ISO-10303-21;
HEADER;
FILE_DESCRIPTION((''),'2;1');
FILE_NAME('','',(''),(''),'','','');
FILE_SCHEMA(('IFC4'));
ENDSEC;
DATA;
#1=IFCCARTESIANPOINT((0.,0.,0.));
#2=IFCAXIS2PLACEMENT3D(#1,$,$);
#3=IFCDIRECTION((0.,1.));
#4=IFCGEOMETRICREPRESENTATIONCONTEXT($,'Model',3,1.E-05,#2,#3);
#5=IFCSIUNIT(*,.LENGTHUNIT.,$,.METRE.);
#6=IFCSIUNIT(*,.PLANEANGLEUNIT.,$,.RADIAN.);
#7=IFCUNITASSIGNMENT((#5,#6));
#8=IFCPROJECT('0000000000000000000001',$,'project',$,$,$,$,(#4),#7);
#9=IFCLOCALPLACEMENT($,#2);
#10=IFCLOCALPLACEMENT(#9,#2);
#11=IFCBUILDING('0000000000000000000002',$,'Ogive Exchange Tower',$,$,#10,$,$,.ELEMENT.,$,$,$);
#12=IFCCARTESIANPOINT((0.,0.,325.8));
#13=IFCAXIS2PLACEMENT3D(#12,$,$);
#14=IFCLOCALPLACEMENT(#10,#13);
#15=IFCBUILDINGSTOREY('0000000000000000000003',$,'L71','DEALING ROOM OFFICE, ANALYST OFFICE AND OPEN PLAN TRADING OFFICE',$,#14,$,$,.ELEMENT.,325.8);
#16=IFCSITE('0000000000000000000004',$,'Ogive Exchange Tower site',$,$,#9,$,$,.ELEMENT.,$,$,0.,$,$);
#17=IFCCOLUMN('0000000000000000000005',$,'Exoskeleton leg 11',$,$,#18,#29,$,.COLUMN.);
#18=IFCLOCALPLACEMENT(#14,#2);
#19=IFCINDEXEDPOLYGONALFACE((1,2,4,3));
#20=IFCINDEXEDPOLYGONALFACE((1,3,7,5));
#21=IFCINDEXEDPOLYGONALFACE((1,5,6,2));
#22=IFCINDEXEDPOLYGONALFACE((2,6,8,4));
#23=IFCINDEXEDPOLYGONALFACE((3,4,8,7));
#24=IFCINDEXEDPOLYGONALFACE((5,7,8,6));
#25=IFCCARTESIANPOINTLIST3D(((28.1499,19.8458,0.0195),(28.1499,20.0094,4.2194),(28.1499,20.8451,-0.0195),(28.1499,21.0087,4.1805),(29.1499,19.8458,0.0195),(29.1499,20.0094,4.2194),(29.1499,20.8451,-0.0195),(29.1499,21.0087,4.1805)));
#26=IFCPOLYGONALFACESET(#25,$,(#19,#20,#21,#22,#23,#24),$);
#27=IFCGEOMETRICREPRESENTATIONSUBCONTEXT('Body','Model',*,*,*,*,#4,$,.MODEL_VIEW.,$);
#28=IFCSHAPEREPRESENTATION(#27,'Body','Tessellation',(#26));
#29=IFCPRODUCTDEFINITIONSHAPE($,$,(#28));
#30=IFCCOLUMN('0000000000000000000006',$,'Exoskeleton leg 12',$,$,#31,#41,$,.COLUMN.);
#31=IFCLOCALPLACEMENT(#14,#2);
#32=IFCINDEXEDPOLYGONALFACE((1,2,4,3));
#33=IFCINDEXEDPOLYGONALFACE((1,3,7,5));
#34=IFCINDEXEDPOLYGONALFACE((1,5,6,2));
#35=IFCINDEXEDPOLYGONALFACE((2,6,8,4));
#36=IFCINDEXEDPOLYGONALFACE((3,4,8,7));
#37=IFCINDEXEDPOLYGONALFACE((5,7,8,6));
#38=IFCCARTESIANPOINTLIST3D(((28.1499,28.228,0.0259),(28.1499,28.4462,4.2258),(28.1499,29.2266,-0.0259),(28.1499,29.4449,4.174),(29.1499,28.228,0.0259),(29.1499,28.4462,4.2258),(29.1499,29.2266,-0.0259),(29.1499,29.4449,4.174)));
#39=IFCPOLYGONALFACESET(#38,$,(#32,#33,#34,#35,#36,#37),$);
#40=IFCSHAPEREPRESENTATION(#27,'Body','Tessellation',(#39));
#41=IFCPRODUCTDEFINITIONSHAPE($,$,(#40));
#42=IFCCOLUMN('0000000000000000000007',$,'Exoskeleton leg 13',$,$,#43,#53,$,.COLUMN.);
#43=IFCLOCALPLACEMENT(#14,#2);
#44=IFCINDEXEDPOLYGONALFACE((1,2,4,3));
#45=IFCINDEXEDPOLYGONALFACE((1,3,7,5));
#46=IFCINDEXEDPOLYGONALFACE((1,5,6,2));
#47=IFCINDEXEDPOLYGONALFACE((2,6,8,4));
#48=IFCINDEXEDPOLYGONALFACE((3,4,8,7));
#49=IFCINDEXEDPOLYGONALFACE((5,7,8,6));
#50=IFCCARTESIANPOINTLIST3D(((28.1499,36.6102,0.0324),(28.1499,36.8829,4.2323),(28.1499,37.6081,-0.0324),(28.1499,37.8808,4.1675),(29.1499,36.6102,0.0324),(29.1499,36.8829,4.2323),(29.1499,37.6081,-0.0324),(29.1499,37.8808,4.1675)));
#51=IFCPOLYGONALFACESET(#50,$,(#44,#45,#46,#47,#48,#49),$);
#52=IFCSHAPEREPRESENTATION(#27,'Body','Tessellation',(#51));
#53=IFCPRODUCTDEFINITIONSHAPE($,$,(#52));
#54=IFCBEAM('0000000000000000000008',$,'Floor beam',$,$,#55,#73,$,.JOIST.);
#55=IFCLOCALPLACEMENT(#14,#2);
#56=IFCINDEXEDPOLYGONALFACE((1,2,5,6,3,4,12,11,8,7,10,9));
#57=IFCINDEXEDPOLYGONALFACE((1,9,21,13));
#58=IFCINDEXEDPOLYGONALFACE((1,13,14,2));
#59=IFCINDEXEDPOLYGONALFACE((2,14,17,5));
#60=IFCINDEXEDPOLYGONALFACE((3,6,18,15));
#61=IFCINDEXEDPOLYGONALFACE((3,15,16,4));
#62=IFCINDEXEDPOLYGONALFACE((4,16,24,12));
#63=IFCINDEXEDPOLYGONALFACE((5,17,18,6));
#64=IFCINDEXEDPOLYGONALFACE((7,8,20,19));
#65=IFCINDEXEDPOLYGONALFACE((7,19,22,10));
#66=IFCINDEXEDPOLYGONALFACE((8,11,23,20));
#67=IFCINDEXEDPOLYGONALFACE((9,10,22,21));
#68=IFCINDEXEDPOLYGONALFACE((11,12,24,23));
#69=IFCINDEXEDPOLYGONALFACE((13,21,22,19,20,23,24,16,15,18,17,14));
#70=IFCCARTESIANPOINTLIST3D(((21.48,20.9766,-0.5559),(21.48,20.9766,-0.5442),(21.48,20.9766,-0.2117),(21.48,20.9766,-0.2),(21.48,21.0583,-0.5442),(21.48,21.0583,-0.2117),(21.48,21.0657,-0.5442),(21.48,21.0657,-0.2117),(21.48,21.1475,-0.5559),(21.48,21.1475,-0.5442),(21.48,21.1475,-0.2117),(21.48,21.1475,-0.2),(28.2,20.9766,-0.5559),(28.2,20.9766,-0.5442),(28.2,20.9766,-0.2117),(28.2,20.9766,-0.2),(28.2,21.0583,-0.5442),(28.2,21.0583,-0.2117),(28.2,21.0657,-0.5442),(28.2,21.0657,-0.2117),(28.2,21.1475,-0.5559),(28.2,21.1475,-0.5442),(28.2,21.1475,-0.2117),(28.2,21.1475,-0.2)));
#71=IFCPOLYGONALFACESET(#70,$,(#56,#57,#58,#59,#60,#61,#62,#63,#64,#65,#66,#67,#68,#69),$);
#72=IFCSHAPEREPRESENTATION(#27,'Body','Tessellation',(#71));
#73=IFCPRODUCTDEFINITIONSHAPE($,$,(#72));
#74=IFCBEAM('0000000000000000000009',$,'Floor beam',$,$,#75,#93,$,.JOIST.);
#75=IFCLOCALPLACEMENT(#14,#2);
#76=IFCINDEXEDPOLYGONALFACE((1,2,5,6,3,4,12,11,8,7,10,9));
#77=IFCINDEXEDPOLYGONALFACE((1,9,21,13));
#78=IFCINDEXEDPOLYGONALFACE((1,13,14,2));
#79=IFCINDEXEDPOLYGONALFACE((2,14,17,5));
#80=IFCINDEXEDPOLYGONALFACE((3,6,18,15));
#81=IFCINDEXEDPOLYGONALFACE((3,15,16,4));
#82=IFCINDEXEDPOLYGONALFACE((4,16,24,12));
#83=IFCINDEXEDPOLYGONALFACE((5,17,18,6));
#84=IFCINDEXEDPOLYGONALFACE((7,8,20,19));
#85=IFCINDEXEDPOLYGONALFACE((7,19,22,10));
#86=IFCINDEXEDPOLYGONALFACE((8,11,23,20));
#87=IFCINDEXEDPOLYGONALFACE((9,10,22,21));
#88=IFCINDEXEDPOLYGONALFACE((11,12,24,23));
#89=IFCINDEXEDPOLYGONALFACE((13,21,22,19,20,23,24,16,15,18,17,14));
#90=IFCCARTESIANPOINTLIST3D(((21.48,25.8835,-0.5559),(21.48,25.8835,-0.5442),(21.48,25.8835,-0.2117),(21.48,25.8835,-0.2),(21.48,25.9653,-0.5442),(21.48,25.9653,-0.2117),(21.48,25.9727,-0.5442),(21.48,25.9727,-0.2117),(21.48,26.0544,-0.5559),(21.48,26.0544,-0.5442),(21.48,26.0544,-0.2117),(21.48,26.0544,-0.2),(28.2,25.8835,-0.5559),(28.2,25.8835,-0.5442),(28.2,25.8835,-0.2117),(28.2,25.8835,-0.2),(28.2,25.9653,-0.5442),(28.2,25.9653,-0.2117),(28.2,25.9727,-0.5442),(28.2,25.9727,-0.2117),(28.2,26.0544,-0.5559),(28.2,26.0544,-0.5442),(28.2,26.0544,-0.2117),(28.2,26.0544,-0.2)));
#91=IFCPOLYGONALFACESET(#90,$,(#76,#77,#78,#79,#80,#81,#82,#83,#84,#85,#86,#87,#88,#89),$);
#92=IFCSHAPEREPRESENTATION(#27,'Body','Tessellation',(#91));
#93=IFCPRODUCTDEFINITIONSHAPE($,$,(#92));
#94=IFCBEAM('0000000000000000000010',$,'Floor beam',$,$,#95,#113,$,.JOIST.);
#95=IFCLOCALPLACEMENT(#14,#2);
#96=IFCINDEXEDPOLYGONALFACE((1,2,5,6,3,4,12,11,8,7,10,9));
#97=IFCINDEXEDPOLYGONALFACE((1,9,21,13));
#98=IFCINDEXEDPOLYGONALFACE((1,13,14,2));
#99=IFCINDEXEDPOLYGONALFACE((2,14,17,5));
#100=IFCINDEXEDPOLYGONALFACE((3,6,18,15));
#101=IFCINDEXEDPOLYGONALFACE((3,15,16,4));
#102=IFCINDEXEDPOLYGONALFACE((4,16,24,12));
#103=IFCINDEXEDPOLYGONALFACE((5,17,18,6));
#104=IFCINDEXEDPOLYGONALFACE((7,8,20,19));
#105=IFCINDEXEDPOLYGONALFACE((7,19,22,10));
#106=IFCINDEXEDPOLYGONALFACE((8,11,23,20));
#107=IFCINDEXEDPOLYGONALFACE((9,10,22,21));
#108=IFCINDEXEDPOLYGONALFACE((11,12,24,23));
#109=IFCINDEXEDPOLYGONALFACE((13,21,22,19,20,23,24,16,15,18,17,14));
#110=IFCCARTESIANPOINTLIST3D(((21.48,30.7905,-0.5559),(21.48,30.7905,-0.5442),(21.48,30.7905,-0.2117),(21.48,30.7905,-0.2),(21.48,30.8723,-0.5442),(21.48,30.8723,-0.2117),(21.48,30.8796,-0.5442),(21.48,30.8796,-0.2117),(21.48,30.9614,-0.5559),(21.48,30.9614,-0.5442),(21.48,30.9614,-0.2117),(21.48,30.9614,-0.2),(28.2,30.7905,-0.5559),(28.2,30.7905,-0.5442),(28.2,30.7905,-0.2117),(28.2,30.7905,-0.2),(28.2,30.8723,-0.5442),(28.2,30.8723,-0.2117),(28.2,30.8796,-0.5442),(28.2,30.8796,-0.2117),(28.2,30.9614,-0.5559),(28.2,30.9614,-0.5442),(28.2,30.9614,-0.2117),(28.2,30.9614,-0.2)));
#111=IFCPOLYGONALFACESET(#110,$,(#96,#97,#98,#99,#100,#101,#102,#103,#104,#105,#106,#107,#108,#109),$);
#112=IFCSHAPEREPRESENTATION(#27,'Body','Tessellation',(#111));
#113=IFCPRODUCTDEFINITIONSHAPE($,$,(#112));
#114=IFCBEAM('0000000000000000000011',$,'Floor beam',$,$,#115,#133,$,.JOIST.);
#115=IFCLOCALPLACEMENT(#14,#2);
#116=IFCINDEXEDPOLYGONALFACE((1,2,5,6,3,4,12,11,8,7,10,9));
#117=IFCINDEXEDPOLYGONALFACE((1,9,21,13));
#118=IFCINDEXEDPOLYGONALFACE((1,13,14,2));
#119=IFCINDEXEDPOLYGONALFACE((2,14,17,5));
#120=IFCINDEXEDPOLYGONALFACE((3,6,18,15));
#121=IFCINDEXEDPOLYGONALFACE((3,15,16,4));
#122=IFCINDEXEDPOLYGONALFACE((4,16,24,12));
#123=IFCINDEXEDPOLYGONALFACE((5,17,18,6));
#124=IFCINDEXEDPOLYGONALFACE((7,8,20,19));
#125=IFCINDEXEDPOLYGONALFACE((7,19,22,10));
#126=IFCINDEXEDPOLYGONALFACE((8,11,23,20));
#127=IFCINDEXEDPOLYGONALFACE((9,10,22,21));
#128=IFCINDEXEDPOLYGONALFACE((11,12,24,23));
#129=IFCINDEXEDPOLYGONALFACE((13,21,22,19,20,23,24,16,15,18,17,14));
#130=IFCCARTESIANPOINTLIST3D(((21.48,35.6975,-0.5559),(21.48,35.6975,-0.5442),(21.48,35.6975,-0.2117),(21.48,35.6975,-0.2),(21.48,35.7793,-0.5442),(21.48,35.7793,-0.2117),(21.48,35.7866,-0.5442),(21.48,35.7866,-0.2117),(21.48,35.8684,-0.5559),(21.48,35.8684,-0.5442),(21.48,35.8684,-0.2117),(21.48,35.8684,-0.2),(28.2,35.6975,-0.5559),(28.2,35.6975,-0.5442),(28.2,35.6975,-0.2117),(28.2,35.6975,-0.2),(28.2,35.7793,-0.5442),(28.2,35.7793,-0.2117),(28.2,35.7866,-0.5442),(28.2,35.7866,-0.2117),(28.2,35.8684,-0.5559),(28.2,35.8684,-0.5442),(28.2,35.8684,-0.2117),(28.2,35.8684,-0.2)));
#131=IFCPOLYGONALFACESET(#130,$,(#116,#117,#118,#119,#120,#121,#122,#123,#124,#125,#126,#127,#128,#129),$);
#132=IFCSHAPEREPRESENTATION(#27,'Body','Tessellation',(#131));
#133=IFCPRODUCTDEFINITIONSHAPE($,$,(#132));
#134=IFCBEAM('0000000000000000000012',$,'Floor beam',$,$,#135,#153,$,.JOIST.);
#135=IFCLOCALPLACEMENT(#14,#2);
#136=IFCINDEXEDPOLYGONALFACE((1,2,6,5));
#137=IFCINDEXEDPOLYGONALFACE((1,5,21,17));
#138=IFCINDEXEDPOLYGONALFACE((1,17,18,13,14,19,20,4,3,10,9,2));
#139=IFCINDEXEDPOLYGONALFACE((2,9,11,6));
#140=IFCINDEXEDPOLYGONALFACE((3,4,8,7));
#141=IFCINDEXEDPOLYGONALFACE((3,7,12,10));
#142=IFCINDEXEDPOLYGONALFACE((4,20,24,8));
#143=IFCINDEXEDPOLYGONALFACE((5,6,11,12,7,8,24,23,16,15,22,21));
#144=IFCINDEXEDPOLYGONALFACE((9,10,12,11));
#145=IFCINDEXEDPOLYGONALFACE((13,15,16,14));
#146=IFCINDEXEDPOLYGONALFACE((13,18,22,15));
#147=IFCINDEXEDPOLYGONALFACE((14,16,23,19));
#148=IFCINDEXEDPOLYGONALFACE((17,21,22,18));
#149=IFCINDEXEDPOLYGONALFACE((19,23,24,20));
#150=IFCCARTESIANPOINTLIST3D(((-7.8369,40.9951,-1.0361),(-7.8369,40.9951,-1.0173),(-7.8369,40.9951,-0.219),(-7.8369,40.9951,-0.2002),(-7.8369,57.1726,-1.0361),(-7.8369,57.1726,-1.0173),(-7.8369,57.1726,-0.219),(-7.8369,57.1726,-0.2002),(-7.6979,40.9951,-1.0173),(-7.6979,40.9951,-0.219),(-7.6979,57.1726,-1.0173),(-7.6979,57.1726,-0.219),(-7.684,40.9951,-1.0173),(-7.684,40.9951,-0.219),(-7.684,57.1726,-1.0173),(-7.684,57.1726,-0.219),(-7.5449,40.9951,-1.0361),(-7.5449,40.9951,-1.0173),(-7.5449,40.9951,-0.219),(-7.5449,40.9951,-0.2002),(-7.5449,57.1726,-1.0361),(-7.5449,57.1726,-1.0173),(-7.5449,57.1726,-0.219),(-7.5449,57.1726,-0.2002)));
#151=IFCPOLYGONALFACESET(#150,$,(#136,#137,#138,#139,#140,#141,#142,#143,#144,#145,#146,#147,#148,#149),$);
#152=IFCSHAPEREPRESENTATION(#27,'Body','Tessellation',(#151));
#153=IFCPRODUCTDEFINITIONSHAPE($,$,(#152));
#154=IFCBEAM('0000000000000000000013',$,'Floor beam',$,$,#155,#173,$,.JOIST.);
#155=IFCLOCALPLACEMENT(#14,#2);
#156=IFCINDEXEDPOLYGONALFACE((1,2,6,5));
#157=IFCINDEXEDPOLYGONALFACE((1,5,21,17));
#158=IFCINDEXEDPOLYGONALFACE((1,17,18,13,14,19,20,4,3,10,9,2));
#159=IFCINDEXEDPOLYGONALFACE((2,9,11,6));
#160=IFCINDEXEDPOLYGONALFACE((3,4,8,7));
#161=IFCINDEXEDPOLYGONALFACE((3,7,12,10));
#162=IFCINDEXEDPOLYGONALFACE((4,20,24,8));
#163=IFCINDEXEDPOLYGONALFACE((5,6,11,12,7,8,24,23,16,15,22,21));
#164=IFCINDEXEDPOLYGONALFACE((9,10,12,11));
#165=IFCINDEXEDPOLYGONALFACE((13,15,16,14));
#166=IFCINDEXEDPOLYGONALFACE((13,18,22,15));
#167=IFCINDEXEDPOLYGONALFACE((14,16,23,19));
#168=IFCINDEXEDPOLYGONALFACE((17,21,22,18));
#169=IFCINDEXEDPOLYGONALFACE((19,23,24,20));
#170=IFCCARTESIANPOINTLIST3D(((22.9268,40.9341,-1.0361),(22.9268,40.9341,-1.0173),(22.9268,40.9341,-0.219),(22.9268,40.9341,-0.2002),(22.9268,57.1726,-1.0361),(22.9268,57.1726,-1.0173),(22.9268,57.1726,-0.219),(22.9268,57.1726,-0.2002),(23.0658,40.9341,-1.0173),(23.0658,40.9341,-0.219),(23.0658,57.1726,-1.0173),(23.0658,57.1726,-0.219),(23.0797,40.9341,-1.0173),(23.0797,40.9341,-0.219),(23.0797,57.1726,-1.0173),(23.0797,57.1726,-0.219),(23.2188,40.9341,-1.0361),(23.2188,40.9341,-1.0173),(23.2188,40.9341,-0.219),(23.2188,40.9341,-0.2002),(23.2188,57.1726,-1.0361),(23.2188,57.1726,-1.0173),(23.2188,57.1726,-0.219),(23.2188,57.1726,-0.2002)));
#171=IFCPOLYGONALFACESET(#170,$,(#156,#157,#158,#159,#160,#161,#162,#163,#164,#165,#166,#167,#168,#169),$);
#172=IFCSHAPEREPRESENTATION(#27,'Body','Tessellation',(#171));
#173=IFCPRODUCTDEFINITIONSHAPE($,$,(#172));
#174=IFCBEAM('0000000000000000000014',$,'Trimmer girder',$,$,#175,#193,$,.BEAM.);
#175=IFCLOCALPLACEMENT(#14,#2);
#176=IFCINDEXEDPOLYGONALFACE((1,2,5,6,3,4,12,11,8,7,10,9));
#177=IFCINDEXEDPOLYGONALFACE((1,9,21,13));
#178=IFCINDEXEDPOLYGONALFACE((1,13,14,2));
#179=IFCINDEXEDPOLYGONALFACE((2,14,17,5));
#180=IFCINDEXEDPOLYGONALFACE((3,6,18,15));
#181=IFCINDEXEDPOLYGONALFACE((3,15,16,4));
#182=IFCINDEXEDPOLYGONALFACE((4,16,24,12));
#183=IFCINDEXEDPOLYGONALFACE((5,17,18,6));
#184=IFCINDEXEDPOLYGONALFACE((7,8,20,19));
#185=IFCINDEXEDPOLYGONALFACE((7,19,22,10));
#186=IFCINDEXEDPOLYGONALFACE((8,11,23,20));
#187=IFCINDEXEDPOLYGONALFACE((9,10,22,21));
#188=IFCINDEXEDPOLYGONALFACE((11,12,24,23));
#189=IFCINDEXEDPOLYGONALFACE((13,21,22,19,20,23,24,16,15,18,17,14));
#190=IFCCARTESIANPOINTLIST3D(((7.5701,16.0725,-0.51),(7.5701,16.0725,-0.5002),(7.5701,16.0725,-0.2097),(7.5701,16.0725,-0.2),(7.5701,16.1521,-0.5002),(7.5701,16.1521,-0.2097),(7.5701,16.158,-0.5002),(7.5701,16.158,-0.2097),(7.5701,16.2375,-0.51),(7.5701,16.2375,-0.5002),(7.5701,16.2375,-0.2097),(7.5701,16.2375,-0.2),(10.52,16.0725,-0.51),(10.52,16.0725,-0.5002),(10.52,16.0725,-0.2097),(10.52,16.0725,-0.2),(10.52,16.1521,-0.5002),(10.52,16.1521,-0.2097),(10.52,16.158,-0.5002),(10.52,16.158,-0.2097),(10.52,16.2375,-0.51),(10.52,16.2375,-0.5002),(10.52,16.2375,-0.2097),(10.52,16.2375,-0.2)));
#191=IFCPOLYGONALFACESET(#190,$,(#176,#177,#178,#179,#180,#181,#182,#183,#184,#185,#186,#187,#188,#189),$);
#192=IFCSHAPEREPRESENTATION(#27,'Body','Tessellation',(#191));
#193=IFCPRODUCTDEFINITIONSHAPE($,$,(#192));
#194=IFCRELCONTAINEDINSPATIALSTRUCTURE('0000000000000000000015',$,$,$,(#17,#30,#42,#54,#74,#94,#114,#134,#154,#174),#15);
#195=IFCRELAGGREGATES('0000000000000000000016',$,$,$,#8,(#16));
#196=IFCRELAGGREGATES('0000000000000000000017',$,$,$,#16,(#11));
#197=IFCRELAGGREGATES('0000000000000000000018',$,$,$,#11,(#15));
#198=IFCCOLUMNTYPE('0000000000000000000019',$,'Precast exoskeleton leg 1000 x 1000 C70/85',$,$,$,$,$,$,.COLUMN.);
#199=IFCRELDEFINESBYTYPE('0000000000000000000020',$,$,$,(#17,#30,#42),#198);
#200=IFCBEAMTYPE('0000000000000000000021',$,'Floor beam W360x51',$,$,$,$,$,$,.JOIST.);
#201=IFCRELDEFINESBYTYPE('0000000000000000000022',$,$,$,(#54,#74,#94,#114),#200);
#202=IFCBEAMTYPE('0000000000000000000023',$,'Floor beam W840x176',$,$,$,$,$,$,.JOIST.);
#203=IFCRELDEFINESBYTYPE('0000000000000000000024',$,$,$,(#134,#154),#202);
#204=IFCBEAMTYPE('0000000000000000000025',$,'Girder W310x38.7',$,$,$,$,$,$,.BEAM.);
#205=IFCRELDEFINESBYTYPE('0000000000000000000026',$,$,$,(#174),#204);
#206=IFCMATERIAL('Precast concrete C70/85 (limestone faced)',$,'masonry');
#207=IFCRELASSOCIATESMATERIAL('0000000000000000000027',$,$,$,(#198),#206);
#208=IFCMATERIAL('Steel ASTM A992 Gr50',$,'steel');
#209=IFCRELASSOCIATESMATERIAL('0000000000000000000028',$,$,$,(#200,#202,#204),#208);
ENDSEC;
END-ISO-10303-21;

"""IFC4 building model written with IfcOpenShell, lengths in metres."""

from ifc_helpers import new_model, si_unit, direction, frame, origin, origin_2d, place, context, subcontext, project, spatial, rectangle, i_section, extrude, material, material_profile, profile_set, type_object, element, save


model = new_model("IFC4")

# Units and contexts
model_context = context("Model", 3, precision=1e-05, world=origin(), true_north=direction((0.0, 1.0)))
body_context = subcontext(model_context, "Body", "Model", "MODEL_VIEW")
ifc_project = project(units=[si_unit("LENGTHUNIT", "METRE"), si_unit("PLANEANGLEUNIT", "RADIAN")], contexts=[model_context])

# Site, building, storey
site_placement = place(None, origin())
site = spatial("IfcSite", under=ifc_project, at=site_placement, Name="Ogive Exchange Tower site", CompositionType="ELEMENT", RefElevation=0.0)
building_placement = place(site_placement, origin())
building = spatial("IfcBuilding", under=site, at=building_placement, Name="Ogive Exchange Tower", CompositionType="ELEMENT")
storey_placement = place(building_placement, frame((0.0, 0.0, 325.8)))
storey = spatial("IfcBuildingStorey", under=building, at=storey_placement, Name="L71", Description="DEALING ROOM OFFICE, ANALYST OFFICE AND OPEN PLAN TRADING OFFICE", CompositionType="ELEMENT", Elevation=325.8)

# Columns
ifc_material_1 = material(Name="Precast concrete C70/85 (limestone faced)", Category="masonry")
ifc_material_profile_1 = material_profile(ifc_material_1, rectangle(XDim=1.0, YDim=1.0, at=origin_2d()), Name="1000 x 1000")
ifc_profile_set_1 = profile_set([ifc_material_profile_1], Name="Precast concrete C70/85 (limestone faced)")
column_type = type_object("IfcColumnType", Name="Precast exoskeleton leg 1000 x 1000 C70/85", PredefinedType="COLUMN", material=ifc_profile_set_1)
column_1_placement = place(storey_placement, frame((28.6499, 20.3455, 0.0), z_axis=(0.0, 0.038917, 0.999242), x_axis=(-1.0, 0.0, 0.0)))
element("IfcColumn", 1, at=column_1_placement, inside=storey, type_object=column_type, Name="Exoskeleton leg 11", PredefinedType="COLUMN", context=body_context, shape_type="SweptSolid", body=[
    extrude(rectangle(XDim=1.0, YDim=1.0, at=origin_2d()), origin(), (0.0, 0.0, 1.0), 4.2031),
])
column_2_placement = place(storey_placement, frame((28.6499, 28.7273, 0.0), z_axis=(0.0, 0.051898, 0.998652), x_axis=(-1.0, 0.0, 0.0)))
element("IfcColumn", 2, at=column_2_placement, inside=storey, type_object=column_type, Name="Exoskeleton leg 12", PredefinedType="COLUMN", context=body_context, shape_type="SweptSolid", body=[
    extrude(rectangle(XDim=1.0, YDim=1.0, at=origin_2d()), origin(), (0.0, 0.0, 1.0), 4.2056),
])
column_3_placement = place(storey_placement, frame((28.6499, 37.1091, 0.0), z_axis=(0.0, 0.064794, 0.997899), x_axis=(-1.0, 0.0, 0.0)))
element("IfcColumn", 3, at=column_3_placement, inside=storey, type_object=column_type, Name="Exoskeleton leg 13", PredefinedType="COLUMN", context=body_context, shape_type="SweptSolid", body=[
    extrude(rectangle(XDim=1.0, YDim=1.0, at=origin_2d()), origin(), (0.0, 0.0, 1.0), 4.2087),
])

# Beams
ifc_material_2 = material(Name="Steel ASTM A992 Gr50", Category="steel")
ifc_material_profile_2 = material_profile(ifc_material_2, i_section(OverallWidth=0.1709, OverallDepth=0.356, WebThickness=0.0073, FlangeThickness=0.0117, at=origin_2d()), Name="W360x51")
ifc_profile_set_2 = profile_set([ifc_material_profile_2], Name="Steel ASTM A992 Gr50")
beam_type_1 = type_object("IfcBeamType", Name="Floor beam W360x51", PredefinedType="JOIST", material=ifc_profile_set_2)
for number, where, z_axis, x_axis, name in (
    (4, (21.48, 21.062, -0.3779), (1.0, 0.0, 0.0), (0.0, 1.0, 0.0), "Floor beam"),
    (5, (21.48, 25.969, -0.3779), (1.0, 0.0, 0.0), (0.0, 1.0, 0.0), "Floor beam"),
    (6, (21.48, 30.876, -0.3779), (1.0, 0.0, 0.0), (0.0, 1.0, 0.0), "Floor beam"),
    (7, (21.48, 35.783, -0.3779), (1.0, 0.0, 0.0), (0.0, 1.0, 0.0), "Floor beam"),
):
    element("IfcBeam", number, at=place(storey_placement, frame(where, z_axis=z_axis, x_axis=x_axis)), inside=storey, type_object=beam_type_1, Name=name, PredefinedType="JOIST", context=body_context, shape_type="SweptSolid", body=[
        extrude(i_section(OverallWidth=0.1709, OverallDepth=0.356, WebThickness=0.0073, FlangeThickness=0.0117, at=origin_2d()), origin(), (0.0, 0.0, 1.0), 6.72),
    ])
ifc_material_profile_3 = material_profile(ifc_material_2, i_section(OverallWidth=0.292, OverallDepth=0.8359, WebThickness=0.0139, FlangeThickness=0.0188, at=origin_2d()), Name="W840x176")
ifc_profile_set_3 = profile_set([ifc_material_profile_3], Name="Steel ASTM A992 Gr50")
beam_type_2 = type_object("IfcBeamType", Name="Floor beam W840x176", PredefinedType="JOIST", material=ifc_profile_set_3)
beam_1_placement = place(storey_placement, frame((-7.6909, 40.9951, -0.6182), z_axis=(0.0, 1.0, 0.0), x_axis=(-1.0, 0.0, 0.0)))
element("IfcBeam", 8, at=beam_1_placement, inside=storey, type_object=beam_type_2, Name="Floor beam", PredefinedType="JOIST", context=body_context, shape_type="SweptSolid", body=[
    extrude(i_section(OverallWidth=0.292, OverallDepth=0.8359, WebThickness=0.0139, FlangeThickness=0.0188, at=origin_2d()), origin(), (0.0, 0.0, 1.0), 16.1775),
])
beam_2_placement = place(storey_placement, frame((23.0728, 40.9341, -0.6182), z_axis=(0.0, 1.0, 0.0), x_axis=(-1.0, 0.0, 0.0)))
element("IfcBeam", 9, at=beam_2_placement, inside=storey, type_object=beam_type_2, Name="Floor beam", PredefinedType="JOIST", context=body_context, shape_type="SweptSolid", body=[
    extrude(i_section(OverallWidth=0.292, OverallDepth=0.8359, WebThickness=0.0139, FlangeThickness=0.0188, at=origin_2d()), origin(), (0.0, 0.0, 1.0), 16.2385),
])
ifc_material_profile_4 = material_profile(ifc_material_2, i_section(OverallWidth=0.165, OverallDepth=0.3101, WebThickness=0.0059, FlangeThickness=0.0098, at=origin_2d()), Name="W310x38.7")
ifc_profile_set_4 = profile_set([ifc_material_profile_4], Name="Steel ASTM A992 Gr50")
beam_type_3 = type_object("IfcBeamType", Name="Girder W310x38.7", PredefinedType="BEAM", material=ifc_profile_set_4)
beam_3_placement = place(storey_placement, frame((7.5701, 16.155, -0.355), z_axis=(1.0, 0.0, 0.0), x_axis=(0.0, 1.0, 0.0)))
element("IfcBeam", 10, at=beam_3_placement, inside=storey, type_object=beam_type_3, Name="Trimmer girder", PredefinedType="BEAM", context=body_context, shape_type="SweptSolid", body=[
    extrude(i_section(OverallWidth=0.165, OverallDepth=0.3101, WebThickness=0.0059, FlangeThickness=0.0098, at=origin_2d()), origin(), (0.0, 0.0, 1.0), 2.95),
])

save(model, "model.ifc")
